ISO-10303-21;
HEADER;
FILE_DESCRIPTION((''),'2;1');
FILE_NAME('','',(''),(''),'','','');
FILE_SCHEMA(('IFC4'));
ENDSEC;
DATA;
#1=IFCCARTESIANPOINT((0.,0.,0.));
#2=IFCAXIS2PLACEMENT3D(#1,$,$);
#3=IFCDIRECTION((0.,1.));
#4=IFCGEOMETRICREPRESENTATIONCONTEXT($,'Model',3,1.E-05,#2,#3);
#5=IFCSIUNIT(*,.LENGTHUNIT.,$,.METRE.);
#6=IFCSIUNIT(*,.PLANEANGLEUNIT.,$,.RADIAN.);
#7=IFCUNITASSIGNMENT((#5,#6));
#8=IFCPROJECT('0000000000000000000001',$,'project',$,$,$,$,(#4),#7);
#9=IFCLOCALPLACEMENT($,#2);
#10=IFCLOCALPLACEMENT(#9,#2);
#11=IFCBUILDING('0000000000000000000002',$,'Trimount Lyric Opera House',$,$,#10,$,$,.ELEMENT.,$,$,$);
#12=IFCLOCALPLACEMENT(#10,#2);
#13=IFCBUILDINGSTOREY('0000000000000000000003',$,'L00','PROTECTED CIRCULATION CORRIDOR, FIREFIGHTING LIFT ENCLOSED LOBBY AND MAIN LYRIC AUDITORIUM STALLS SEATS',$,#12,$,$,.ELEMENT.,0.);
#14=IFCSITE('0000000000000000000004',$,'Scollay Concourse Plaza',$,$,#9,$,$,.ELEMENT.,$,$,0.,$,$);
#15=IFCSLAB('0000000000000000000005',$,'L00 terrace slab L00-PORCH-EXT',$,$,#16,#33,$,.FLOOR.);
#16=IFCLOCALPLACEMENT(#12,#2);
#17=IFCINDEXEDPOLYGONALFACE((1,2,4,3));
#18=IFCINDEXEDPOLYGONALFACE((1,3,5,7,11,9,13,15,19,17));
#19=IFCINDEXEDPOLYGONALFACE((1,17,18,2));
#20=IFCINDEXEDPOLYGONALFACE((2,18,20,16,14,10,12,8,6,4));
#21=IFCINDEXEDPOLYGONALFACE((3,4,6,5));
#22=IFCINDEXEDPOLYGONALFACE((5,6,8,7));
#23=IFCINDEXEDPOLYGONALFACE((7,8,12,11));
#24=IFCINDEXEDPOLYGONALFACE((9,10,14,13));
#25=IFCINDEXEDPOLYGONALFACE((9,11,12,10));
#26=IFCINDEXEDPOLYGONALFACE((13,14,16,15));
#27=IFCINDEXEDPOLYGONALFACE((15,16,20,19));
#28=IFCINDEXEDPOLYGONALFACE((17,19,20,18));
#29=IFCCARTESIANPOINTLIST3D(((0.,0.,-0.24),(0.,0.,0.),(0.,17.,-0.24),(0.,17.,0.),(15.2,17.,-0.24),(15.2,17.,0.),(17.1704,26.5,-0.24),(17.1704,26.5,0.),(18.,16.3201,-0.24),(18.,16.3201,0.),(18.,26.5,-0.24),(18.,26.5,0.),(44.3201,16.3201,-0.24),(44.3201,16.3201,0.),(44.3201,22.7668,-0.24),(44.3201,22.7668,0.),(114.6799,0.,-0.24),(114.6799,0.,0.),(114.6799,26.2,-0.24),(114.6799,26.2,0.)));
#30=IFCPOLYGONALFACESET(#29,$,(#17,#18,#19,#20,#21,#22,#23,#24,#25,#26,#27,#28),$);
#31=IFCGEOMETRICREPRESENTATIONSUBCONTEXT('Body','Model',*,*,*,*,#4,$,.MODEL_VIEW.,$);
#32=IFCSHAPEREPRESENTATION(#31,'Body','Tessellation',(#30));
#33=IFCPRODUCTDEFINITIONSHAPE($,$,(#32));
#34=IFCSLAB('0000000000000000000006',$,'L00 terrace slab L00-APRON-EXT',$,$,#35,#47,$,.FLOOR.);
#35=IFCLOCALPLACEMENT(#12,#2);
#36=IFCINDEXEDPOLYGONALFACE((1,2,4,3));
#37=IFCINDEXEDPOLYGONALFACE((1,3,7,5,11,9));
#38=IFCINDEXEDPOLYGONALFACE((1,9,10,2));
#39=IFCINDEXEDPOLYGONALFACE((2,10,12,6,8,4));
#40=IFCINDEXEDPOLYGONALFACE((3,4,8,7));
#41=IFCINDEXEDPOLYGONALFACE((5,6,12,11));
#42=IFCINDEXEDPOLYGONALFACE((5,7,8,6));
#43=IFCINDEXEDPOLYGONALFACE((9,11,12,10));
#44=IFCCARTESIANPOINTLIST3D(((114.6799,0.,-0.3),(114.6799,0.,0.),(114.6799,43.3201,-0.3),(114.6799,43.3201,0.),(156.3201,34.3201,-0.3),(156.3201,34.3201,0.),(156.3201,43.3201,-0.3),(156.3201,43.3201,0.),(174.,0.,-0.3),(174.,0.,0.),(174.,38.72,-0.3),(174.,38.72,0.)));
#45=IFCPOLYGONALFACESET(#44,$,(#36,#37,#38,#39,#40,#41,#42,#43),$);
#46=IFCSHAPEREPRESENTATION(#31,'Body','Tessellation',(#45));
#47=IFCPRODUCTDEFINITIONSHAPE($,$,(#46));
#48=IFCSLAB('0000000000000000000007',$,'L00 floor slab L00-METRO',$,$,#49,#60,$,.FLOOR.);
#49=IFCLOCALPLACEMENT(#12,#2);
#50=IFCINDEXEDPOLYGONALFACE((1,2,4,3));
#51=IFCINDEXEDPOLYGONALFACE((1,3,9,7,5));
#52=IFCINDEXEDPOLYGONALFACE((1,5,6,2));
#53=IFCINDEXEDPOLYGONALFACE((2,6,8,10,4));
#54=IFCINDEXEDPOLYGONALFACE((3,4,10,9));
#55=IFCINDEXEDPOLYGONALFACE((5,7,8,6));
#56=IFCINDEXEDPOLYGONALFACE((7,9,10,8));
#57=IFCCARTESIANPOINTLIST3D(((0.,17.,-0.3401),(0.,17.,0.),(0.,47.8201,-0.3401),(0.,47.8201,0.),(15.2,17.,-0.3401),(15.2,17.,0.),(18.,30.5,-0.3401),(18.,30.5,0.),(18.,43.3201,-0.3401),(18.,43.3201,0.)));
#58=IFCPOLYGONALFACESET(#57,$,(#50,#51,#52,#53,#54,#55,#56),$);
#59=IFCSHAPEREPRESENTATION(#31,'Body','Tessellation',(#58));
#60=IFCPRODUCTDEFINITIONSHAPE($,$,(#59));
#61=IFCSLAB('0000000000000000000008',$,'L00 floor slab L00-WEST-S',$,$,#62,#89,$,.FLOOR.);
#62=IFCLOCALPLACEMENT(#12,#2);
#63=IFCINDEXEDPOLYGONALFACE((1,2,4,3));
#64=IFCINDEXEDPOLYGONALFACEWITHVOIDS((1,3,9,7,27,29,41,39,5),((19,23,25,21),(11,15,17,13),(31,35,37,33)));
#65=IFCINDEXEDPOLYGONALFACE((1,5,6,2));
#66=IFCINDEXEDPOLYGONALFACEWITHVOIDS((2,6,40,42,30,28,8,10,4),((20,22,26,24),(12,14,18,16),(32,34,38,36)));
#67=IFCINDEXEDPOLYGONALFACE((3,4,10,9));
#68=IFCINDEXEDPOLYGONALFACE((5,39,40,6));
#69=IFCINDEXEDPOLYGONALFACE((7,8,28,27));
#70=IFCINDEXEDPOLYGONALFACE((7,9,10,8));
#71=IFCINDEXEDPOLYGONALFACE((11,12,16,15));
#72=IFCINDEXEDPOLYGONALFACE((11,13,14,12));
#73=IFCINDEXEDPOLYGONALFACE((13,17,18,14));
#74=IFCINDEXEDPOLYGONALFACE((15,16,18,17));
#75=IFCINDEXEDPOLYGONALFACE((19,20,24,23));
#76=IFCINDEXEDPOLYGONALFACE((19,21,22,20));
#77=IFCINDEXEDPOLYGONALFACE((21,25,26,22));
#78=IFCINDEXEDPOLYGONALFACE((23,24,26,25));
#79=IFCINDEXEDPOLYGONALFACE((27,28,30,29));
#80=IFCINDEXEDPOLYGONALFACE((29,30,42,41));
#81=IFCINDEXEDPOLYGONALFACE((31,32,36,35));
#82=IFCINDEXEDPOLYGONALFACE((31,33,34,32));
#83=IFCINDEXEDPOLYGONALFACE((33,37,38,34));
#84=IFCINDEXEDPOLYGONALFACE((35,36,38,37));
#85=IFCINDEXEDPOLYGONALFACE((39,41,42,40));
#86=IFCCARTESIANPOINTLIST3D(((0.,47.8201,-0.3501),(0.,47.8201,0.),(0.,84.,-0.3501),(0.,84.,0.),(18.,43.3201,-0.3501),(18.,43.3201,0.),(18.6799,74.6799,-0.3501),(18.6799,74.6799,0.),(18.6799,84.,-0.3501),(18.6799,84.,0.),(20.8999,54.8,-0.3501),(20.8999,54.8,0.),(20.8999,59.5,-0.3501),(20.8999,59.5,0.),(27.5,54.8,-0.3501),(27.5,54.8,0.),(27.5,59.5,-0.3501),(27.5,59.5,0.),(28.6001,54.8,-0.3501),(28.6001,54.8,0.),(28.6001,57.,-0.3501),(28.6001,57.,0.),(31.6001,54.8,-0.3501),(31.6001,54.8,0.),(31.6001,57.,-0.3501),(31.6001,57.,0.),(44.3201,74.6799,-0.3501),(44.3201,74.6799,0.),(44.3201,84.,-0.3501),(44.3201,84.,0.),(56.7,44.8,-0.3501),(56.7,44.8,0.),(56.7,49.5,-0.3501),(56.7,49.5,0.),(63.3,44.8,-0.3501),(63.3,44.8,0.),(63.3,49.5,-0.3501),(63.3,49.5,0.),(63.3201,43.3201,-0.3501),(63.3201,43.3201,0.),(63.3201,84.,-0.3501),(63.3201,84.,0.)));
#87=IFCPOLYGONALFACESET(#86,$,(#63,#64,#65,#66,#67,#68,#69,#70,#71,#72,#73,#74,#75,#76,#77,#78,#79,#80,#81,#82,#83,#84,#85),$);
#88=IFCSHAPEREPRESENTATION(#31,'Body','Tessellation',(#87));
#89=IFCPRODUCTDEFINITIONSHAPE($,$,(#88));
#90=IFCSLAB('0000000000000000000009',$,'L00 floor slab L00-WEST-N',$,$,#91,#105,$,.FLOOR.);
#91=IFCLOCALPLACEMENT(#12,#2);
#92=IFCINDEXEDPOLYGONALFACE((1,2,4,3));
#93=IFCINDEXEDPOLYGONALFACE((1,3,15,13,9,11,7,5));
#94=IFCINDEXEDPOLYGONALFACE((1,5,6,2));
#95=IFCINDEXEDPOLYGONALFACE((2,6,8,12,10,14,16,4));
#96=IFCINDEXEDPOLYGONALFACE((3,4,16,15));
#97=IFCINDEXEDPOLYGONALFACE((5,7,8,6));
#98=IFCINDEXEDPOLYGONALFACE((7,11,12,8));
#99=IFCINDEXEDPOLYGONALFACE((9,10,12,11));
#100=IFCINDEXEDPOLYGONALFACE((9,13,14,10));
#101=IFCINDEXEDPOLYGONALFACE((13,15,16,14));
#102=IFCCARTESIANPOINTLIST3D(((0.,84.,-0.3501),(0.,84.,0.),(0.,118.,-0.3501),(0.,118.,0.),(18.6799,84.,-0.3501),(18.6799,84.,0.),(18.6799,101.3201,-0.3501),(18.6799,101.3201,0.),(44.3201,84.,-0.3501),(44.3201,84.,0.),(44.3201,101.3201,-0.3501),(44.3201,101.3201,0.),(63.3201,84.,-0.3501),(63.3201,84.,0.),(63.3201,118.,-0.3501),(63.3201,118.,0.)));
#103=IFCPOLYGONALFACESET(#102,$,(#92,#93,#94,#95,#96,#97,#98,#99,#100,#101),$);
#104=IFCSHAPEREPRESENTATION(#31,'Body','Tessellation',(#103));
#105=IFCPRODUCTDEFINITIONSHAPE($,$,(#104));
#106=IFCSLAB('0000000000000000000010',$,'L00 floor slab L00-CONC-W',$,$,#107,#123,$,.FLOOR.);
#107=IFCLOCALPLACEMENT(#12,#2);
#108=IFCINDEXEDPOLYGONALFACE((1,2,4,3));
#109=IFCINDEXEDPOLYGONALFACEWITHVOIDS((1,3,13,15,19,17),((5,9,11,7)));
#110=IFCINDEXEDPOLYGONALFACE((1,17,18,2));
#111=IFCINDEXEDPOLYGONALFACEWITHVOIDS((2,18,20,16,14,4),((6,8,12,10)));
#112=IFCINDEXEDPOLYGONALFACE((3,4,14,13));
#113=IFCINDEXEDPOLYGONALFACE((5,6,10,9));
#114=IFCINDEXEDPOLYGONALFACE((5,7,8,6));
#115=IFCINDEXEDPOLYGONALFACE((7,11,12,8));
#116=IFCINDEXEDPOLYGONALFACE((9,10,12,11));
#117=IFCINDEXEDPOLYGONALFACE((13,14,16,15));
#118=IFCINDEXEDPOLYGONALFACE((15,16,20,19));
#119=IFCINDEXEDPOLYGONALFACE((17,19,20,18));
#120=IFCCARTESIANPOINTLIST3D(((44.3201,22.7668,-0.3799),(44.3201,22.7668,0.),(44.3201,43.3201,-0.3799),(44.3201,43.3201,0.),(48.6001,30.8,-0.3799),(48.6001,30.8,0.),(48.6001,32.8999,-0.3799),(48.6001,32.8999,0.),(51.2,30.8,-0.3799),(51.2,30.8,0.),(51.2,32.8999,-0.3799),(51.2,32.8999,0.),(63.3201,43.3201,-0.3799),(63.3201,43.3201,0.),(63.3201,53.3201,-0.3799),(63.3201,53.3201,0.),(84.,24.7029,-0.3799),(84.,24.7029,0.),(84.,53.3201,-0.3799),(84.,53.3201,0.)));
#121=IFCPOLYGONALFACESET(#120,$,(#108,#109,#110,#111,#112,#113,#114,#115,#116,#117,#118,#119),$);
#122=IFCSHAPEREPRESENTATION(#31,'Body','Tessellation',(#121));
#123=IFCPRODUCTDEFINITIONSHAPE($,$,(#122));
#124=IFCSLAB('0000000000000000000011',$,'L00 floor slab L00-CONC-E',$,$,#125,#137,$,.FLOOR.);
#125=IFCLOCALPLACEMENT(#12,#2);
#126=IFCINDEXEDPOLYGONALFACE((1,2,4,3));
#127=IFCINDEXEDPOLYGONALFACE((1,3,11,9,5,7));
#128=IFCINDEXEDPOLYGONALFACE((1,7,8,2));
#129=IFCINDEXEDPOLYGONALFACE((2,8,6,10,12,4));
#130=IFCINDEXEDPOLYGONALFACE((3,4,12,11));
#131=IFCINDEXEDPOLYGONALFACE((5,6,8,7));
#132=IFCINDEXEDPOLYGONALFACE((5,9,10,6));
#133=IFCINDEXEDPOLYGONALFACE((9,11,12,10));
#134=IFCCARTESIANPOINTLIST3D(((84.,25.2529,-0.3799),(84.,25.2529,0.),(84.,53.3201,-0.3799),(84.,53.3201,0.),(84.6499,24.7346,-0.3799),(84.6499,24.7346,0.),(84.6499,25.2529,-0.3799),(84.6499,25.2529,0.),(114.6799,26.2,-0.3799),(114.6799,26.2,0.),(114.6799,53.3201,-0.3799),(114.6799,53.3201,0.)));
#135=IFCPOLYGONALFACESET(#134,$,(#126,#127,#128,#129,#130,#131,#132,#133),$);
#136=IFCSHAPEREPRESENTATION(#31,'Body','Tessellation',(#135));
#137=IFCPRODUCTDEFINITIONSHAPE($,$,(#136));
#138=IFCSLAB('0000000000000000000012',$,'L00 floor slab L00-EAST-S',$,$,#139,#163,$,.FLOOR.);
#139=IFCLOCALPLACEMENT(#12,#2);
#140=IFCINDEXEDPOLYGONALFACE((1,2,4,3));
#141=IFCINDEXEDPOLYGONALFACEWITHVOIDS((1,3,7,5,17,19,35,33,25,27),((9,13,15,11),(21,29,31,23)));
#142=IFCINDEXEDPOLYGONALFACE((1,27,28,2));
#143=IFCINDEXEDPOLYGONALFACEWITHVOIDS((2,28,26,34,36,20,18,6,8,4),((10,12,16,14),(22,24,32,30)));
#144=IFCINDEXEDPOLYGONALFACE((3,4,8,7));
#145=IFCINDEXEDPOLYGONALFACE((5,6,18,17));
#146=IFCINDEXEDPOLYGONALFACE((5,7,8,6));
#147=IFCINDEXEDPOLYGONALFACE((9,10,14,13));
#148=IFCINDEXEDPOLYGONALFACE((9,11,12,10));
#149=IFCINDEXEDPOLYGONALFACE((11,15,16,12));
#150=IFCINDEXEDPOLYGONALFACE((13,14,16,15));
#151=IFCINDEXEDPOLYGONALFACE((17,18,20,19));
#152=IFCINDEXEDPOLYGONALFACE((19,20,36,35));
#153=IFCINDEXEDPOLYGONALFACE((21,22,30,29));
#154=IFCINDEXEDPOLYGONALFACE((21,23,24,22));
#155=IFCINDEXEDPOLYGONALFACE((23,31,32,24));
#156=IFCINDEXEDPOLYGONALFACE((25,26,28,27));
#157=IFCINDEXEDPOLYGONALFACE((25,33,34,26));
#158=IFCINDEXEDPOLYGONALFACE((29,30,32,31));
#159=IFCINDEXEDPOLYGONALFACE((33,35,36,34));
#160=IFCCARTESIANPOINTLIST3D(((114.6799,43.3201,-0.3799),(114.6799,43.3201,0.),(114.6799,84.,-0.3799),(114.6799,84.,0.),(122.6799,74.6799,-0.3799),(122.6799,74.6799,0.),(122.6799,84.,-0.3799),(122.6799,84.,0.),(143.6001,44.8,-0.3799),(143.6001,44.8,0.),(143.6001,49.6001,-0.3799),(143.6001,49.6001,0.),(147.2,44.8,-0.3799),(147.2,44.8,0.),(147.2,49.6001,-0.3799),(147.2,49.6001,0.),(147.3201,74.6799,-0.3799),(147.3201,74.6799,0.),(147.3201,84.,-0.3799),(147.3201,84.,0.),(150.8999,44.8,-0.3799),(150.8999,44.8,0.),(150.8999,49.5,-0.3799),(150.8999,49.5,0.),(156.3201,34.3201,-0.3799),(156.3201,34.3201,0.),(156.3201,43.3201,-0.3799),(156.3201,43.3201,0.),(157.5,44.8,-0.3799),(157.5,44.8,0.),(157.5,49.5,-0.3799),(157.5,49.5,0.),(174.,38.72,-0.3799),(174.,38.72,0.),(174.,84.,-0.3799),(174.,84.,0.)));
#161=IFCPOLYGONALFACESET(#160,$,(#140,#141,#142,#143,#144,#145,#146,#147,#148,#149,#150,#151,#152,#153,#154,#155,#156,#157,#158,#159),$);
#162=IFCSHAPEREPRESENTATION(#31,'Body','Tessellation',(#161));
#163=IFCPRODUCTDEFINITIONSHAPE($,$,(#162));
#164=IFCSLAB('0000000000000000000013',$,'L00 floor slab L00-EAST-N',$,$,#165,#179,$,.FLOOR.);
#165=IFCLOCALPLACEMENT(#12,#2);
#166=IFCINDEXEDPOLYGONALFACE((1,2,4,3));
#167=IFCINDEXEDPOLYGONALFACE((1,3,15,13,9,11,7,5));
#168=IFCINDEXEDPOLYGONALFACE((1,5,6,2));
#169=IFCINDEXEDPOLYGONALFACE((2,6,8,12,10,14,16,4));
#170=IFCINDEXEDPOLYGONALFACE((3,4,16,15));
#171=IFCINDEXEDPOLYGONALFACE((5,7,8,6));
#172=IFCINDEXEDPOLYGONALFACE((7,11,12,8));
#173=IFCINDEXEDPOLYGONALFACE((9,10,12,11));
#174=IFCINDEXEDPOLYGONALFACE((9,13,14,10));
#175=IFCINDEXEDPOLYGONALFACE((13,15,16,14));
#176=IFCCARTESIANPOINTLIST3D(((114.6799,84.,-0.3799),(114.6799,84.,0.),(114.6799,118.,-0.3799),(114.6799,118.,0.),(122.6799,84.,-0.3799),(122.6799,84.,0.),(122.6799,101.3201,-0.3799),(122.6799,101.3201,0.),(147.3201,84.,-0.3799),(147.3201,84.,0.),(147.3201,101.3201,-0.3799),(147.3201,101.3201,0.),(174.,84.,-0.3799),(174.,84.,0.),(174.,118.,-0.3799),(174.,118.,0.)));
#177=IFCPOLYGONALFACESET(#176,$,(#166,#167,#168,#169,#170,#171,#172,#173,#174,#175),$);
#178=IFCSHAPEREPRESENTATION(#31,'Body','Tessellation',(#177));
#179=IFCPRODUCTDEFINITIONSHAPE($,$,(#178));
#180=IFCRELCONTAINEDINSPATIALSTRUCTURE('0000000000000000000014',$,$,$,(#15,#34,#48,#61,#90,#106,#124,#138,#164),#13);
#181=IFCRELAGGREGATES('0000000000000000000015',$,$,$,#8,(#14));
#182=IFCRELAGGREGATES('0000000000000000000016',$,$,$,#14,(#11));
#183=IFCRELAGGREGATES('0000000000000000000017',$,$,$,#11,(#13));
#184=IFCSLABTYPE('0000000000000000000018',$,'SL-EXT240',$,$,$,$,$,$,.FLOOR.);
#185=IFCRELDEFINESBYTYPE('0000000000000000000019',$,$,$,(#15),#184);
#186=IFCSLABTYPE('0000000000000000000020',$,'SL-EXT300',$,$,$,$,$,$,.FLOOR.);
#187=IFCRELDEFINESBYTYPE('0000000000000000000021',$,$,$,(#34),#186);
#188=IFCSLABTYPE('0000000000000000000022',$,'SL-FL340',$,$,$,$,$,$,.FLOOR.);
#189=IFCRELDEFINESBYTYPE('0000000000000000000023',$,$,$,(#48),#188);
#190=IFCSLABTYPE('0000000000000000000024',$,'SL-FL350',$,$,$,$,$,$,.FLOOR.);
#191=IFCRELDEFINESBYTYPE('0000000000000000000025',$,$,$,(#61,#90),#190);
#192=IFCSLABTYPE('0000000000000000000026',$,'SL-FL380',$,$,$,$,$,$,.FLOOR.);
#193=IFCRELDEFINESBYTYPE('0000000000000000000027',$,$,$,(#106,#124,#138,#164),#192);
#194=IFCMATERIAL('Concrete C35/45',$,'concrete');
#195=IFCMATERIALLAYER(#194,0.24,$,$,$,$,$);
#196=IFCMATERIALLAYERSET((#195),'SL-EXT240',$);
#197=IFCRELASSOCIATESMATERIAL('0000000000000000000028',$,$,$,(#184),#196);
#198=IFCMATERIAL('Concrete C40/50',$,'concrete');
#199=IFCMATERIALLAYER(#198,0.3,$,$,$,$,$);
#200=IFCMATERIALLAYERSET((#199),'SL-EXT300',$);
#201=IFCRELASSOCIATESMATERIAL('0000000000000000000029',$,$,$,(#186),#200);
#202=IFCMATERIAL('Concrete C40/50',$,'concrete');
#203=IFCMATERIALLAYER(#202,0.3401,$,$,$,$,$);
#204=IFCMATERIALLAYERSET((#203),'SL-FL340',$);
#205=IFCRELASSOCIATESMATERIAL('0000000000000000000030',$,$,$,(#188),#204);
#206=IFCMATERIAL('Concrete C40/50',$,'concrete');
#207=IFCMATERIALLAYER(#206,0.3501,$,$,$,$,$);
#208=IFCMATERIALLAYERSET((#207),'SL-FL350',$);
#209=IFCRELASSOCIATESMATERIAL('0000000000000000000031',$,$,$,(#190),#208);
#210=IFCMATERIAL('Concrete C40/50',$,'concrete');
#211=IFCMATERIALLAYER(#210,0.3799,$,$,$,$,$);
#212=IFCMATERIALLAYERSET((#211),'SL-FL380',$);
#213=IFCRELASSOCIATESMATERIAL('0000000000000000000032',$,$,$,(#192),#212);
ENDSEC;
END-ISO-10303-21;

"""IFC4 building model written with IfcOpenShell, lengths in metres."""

from ifc_helpers import new_model, si_unit, direction, frame, origin, place, context, subcontext, project, spatial, polyline, outline, extrude, material, layer, layer_set, type_object, element, save


model = new_model("IFC4")

# Units and contexts
model_context = context("Model", 3, precision=1e-05, world=origin(), true_north=direction((0.0, 1.0)))
body_context = subcontext(model_context, "Body", "Model", "MODEL_VIEW")
ifc_project = project(units=[si_unit("LENGTHUNIT", "METRE"), si_unit("PLANEANGLEUNIT", "RADIAN")], contexts=[model_context])

# Site, building, storey
site_placement = place(None, origin())
site = spatial("IfcSite", under=ifc_project, at=site_placement, Name="Scollay Concourse Plaza", CompositionType="ELEMENT", RefElevation=0.0)
building_placement = place(site_placement, origin())
building = spatial("IfcBuilding", under=site, at=building_placement, Name="Trimount Lyric Opera House", CompositionType="ELEMENT")
storey_placement = place(building_placement, origin())
storey = spatial("IfcBuildingStorey", under=building, at=storey_placement, Name="L00", Description="PROTECTED CIRCULATION CORRIDOR, FIREFIGHTING LIFT ENCLOSED LOBBY AND MAIN LYRIC AUDITORIUM STALLS SEATS", CompositionType="ELEMENT", Elevation=0.0)

# Slabs
ifc_material_1 = material(Name="Concrete C35/45", Category="concrete")
ifc_layer_1 = layer(ifc_material_1, 0.24)
ifc_layer_set_1 = layer_set([ifc_layer_1], Name="SL-EXT240")
slab_type_1 = type_object("IfcSlabType", Name="SL-EXT240", PredefinedType="FLOOR", material=ifc_layer_set_1)
slab_1_placement = place(storey_placement, frame((0.0, 0.0, -0.24)))
element("IfcSlab", 1, at=slab_1_placement, inside=storey, type_object=slab_type_1, Name="L00 terrace slab L00-PORCH-EXT", PredefinedType="FLOOR", context=body_context, shape_type="SweptSolid", body=[
    extrude(outline(polyline([(0.0, 0.0), (0.0, 17.0), (15.2, 17.0), (17.1704, 26.5), (18.0, 26.5), (18.0, 16.3201), (44.3201, 16.3201), (44.3201, 22.7668), (114.6799, 26.2), (114.6799, 0.0), (0.0, 0.0)])), origin(), (0.0, 0.0, 1.0), 0.24),
])
ifc_material_2 = material(Name="Concrete C40/50", Category="concrete")
ifc_layer_2 = layer(ifc_material_2, 0.3)
ifc_layer_set_2 = layer_set([ifc_layer_2], Name="SL-EXT300")
slab_type_2 = type_object("IfcSlabType", Name="SL-EXT300", PredefinedType="FLOOR", material=ifc_layer_set_2)
slab_2_placement = place(storey_placement, frame((0.0, 0.0, -0.3)))
element("IfcSlab", 2, at=slab_2_placement, inside=storey, type_object=slab_type_2, Name="L00 terrace slab L00-APRON-EXT", PredefinedType="FLOOR", context=body_context, shape_type="SweptSolid", body=[
    extrude(outline(polyline([(114.6799, 0.0), (114.6799, 43.3201), (156.3201, 43.3201), (156.3201, 34.3201), (174.0, 38.72), (174.0, 0.0), (114.6799, 0.0)])), origin(), (0.0, 0.0, 1.0), 0.3),
])
ifc_material_3 = material(Name="Concrete C40/50", Category="concrete")
ifc_layer_3 = layer(ifc_material_3, 0.3401)
ifc_layer_set_3 = layer_set([ifc_layer_3], Name="SL-FL340")
slab_type_3 = type_object("IfcSlabType", Name="SL-FL340", PredefinedType="FLOOR", material=ifc_layer_set_3)
slab_3_placement = place(storey_placement, frame((0.0, 0.0, -0.3401)))
element("IfcSlab", 3, at=slab_3_placement, inside=storey, type_object=slab_type_3, Name="L00 floor slab L00-METRO", PredefinedType="FLOOR", context=body_context, shape_type="SweptSolid", body=[
    extrude(outline(polyline([(0.0, 47.8201), (18.0, 43.3201), (18.0, 30.5), (15.2, 17.0), (0.0, 17.0), (0.0, 47.8201)])), origin(), (0.0, 0.0, 1.0), 0.3401),
])
ifc_material_4 = material(Name="Concrete C40/50", Category="concrete")
ifc_layer_4 = layer(ifc_material_4, 0.3501)
ifc_layer_set_4 = layer_set([ifc_layer_4], Name="SL-FL350")
slab_type_4 = type_object("IfcSlabType", Name="SL-FL350", PredefinedType="FLOOR", material=ifc_layer_set_4)
slab_4_placement = place(storey_placement, frame((0.0, 0.0, -0.3501)))
element("IfcSlab", 4, at=slab_4_placement, inside=storey, type_object=slab_type_4, Name="L00 floor slab L00-WEST-S", PredefinedType="FLOOR", context=body_context, shape_type="SweptSolid", body=[
    extrude(outline(polyline([(18.0, 43.3201), (0.0, 47.8201), (0.0, 84.0), (18.6799, 84.0), (18.6799, 74.6799), (44.3201, 74.6799), (44.3201, 84.0), (63.3201, 84.0), (63.3201, 43.3201), (18.0, 43.3201)]), holes=[polyline([(63.3, 49.5), (56.7, 49.5), (56.7, 44.8), (63.3, 44.8), (63.3, 49.5)]), polyline([(31.6001, 57.0), (28.6001, 57.0), (28.6001, 54.8), (31.6001, 54.8), (31.6001, 57.0)]), polyline([(27.5, 59.5), (20.8999, 59.5), (20.8999, 54.8), (27.5, 54.8), (27.5, 59.5)])]), origin(), (0.0, 0.0, 1.0), 0.3501),
])
slab_5_placement = place(storey_placement, frame((0.0, 0.0, -0.3501)))
element("IfcSlab", 5, at=slab_5_placement, inside=storey, type_object=slab_type_4, Name="L00 floor slab L00-WEST-N", PredefinedType="FLOOR", context=body_context, shape_type="SweptSolid", body=[
    extrude(outline(polyline([(63.3201, 118.0), (63.3201, 84.0), (44.3201, 84.0), (44.3201, 101.3201), (18.6799, 101.3201), (18.6799, 84.0), (0.0, 84.0), (0.0, 118.0), (63.3201, 118.0)])), origin(), (0.0, 0.0, 1.0), 0.3501),
])
ifc_material_5 = material(Name="Concrete C40/50", Category="concrete")
ifc_layer_5 = layer(ifc_material_5, 0.3799)
ifc_layer_set_5 = layer_set([ifc_layer_5], Name="SL-FL380")
slab_type_5 = type_object("IfcSlabType", Name="SL-FL380", PredefinedType="FLOOR", material=ifc_layer_set_5)
slab_6_placement = place(storey_placement, frame((0.0, 0.0, -0.3799)))
element("IfcSlab", 6, at=slab_6_placement, inside=storey, type_object=slab_type_5, Name="L00 floor slab L00-CONC-W", PredefinedType="FLOOR", context=body_context, shape_type="SweptSolid", body=[
    extrude(outline(polyline([(84.0, 24.7029), (44.3201, 22.7668), (44.3201, 43.3201), (63.3201, 43.3201), (63.3201, 53.3201), (84.0, 53.3201), (84.0, 24.7029)]), holes=[polyline([(48.6001, 32.8999), (48.6001, 30.8), (51.2, 30.8), (51.2, 32.8999), (48.6001, 32.8999)])]), origin(), (0.0, 0.0, 1.0), 0.3799),
])
slab_7_placement = place(storey_placement, frame((0.0, 0.0, -0.3799)))
element("IfcSlab", 7, at=slab_7_placement, inside=storey, type_object=slab_type_5, Name="L00 floor slab L00-CONC-E", PredefinedType="FLOOR", context=body_context, shape_type="SweptSolid", body=[
    extrude(outline(polyline([(84.6499, 24.7346), (84.6499, 25.2529), (84.0, 25.2529), (84.0, 53.3201), (114.6799, 53.3201), (114.6799, 26.2), (84.6499, 24.7346)])), origin(), (0.0, 0.0, 1.0), 0.3799),
])
slab_8_placement = place(storey_placement, frame((0.0, 0.0, -0.3799)))
element("IfcSlab", 8, at=slab_8_placement, inside=storey, type_object=slab_type_5, Name="L00 floor slab L00-EAST-S", PredefinedType="FLOOR", context=body_context, shape_type="SweptSolid", body=[
    extrude(outline(polyline([(156.3201, 34.3201), (156.3201, 43.3201), (114.6799, 43.3201), (114.6799, 84.0), (122.6799, 84.0), (122.6799, 74.6799), (147.3201, 74.6799), (147.3201, 84.0), (174.0, 84.0), (174.0, 38.72), (156.3201, 34.3201)]), holes=[polyline([(157.5, 49.5), (150.8999, 49.5), (150.8999, 44.8), (157.5, 44.8), (157.5, 49.5)]), polyline([(147.2, 49.6001), (143.6001, 49.6001), (143.6001, 44.8), (147.2, 44.8), (147.2, 49.6001)])]), origin(), (0.0, 0.0, 1.0), 0.3799),
])
slab_9_placement = place(storey_placement, frame((0.0, 0.0, -0.3799)))
element("IfcSlab", 9, at=slab_9_placement, inside=storey, type_object=slab_type_5, Name="L00 floor slab L00-EAST-N", PredefinedType="FLOOR", context=body_context, shape_type="SweptSolid", body=[
    extrude(outline(polyline([(174.0, 118.0), (174.0, 84.0), (147.3201, 84.0), (147.3201, 101.3201), (122.6799, 101.3201), (122.6799, 84.0), (114.6799, 84.0), (114.6799, 118.0), (174.0, 118.0)])), origin(), (0.0, 0.0, 1.0), 0.3799),
])

save(model, "model.ifc")
